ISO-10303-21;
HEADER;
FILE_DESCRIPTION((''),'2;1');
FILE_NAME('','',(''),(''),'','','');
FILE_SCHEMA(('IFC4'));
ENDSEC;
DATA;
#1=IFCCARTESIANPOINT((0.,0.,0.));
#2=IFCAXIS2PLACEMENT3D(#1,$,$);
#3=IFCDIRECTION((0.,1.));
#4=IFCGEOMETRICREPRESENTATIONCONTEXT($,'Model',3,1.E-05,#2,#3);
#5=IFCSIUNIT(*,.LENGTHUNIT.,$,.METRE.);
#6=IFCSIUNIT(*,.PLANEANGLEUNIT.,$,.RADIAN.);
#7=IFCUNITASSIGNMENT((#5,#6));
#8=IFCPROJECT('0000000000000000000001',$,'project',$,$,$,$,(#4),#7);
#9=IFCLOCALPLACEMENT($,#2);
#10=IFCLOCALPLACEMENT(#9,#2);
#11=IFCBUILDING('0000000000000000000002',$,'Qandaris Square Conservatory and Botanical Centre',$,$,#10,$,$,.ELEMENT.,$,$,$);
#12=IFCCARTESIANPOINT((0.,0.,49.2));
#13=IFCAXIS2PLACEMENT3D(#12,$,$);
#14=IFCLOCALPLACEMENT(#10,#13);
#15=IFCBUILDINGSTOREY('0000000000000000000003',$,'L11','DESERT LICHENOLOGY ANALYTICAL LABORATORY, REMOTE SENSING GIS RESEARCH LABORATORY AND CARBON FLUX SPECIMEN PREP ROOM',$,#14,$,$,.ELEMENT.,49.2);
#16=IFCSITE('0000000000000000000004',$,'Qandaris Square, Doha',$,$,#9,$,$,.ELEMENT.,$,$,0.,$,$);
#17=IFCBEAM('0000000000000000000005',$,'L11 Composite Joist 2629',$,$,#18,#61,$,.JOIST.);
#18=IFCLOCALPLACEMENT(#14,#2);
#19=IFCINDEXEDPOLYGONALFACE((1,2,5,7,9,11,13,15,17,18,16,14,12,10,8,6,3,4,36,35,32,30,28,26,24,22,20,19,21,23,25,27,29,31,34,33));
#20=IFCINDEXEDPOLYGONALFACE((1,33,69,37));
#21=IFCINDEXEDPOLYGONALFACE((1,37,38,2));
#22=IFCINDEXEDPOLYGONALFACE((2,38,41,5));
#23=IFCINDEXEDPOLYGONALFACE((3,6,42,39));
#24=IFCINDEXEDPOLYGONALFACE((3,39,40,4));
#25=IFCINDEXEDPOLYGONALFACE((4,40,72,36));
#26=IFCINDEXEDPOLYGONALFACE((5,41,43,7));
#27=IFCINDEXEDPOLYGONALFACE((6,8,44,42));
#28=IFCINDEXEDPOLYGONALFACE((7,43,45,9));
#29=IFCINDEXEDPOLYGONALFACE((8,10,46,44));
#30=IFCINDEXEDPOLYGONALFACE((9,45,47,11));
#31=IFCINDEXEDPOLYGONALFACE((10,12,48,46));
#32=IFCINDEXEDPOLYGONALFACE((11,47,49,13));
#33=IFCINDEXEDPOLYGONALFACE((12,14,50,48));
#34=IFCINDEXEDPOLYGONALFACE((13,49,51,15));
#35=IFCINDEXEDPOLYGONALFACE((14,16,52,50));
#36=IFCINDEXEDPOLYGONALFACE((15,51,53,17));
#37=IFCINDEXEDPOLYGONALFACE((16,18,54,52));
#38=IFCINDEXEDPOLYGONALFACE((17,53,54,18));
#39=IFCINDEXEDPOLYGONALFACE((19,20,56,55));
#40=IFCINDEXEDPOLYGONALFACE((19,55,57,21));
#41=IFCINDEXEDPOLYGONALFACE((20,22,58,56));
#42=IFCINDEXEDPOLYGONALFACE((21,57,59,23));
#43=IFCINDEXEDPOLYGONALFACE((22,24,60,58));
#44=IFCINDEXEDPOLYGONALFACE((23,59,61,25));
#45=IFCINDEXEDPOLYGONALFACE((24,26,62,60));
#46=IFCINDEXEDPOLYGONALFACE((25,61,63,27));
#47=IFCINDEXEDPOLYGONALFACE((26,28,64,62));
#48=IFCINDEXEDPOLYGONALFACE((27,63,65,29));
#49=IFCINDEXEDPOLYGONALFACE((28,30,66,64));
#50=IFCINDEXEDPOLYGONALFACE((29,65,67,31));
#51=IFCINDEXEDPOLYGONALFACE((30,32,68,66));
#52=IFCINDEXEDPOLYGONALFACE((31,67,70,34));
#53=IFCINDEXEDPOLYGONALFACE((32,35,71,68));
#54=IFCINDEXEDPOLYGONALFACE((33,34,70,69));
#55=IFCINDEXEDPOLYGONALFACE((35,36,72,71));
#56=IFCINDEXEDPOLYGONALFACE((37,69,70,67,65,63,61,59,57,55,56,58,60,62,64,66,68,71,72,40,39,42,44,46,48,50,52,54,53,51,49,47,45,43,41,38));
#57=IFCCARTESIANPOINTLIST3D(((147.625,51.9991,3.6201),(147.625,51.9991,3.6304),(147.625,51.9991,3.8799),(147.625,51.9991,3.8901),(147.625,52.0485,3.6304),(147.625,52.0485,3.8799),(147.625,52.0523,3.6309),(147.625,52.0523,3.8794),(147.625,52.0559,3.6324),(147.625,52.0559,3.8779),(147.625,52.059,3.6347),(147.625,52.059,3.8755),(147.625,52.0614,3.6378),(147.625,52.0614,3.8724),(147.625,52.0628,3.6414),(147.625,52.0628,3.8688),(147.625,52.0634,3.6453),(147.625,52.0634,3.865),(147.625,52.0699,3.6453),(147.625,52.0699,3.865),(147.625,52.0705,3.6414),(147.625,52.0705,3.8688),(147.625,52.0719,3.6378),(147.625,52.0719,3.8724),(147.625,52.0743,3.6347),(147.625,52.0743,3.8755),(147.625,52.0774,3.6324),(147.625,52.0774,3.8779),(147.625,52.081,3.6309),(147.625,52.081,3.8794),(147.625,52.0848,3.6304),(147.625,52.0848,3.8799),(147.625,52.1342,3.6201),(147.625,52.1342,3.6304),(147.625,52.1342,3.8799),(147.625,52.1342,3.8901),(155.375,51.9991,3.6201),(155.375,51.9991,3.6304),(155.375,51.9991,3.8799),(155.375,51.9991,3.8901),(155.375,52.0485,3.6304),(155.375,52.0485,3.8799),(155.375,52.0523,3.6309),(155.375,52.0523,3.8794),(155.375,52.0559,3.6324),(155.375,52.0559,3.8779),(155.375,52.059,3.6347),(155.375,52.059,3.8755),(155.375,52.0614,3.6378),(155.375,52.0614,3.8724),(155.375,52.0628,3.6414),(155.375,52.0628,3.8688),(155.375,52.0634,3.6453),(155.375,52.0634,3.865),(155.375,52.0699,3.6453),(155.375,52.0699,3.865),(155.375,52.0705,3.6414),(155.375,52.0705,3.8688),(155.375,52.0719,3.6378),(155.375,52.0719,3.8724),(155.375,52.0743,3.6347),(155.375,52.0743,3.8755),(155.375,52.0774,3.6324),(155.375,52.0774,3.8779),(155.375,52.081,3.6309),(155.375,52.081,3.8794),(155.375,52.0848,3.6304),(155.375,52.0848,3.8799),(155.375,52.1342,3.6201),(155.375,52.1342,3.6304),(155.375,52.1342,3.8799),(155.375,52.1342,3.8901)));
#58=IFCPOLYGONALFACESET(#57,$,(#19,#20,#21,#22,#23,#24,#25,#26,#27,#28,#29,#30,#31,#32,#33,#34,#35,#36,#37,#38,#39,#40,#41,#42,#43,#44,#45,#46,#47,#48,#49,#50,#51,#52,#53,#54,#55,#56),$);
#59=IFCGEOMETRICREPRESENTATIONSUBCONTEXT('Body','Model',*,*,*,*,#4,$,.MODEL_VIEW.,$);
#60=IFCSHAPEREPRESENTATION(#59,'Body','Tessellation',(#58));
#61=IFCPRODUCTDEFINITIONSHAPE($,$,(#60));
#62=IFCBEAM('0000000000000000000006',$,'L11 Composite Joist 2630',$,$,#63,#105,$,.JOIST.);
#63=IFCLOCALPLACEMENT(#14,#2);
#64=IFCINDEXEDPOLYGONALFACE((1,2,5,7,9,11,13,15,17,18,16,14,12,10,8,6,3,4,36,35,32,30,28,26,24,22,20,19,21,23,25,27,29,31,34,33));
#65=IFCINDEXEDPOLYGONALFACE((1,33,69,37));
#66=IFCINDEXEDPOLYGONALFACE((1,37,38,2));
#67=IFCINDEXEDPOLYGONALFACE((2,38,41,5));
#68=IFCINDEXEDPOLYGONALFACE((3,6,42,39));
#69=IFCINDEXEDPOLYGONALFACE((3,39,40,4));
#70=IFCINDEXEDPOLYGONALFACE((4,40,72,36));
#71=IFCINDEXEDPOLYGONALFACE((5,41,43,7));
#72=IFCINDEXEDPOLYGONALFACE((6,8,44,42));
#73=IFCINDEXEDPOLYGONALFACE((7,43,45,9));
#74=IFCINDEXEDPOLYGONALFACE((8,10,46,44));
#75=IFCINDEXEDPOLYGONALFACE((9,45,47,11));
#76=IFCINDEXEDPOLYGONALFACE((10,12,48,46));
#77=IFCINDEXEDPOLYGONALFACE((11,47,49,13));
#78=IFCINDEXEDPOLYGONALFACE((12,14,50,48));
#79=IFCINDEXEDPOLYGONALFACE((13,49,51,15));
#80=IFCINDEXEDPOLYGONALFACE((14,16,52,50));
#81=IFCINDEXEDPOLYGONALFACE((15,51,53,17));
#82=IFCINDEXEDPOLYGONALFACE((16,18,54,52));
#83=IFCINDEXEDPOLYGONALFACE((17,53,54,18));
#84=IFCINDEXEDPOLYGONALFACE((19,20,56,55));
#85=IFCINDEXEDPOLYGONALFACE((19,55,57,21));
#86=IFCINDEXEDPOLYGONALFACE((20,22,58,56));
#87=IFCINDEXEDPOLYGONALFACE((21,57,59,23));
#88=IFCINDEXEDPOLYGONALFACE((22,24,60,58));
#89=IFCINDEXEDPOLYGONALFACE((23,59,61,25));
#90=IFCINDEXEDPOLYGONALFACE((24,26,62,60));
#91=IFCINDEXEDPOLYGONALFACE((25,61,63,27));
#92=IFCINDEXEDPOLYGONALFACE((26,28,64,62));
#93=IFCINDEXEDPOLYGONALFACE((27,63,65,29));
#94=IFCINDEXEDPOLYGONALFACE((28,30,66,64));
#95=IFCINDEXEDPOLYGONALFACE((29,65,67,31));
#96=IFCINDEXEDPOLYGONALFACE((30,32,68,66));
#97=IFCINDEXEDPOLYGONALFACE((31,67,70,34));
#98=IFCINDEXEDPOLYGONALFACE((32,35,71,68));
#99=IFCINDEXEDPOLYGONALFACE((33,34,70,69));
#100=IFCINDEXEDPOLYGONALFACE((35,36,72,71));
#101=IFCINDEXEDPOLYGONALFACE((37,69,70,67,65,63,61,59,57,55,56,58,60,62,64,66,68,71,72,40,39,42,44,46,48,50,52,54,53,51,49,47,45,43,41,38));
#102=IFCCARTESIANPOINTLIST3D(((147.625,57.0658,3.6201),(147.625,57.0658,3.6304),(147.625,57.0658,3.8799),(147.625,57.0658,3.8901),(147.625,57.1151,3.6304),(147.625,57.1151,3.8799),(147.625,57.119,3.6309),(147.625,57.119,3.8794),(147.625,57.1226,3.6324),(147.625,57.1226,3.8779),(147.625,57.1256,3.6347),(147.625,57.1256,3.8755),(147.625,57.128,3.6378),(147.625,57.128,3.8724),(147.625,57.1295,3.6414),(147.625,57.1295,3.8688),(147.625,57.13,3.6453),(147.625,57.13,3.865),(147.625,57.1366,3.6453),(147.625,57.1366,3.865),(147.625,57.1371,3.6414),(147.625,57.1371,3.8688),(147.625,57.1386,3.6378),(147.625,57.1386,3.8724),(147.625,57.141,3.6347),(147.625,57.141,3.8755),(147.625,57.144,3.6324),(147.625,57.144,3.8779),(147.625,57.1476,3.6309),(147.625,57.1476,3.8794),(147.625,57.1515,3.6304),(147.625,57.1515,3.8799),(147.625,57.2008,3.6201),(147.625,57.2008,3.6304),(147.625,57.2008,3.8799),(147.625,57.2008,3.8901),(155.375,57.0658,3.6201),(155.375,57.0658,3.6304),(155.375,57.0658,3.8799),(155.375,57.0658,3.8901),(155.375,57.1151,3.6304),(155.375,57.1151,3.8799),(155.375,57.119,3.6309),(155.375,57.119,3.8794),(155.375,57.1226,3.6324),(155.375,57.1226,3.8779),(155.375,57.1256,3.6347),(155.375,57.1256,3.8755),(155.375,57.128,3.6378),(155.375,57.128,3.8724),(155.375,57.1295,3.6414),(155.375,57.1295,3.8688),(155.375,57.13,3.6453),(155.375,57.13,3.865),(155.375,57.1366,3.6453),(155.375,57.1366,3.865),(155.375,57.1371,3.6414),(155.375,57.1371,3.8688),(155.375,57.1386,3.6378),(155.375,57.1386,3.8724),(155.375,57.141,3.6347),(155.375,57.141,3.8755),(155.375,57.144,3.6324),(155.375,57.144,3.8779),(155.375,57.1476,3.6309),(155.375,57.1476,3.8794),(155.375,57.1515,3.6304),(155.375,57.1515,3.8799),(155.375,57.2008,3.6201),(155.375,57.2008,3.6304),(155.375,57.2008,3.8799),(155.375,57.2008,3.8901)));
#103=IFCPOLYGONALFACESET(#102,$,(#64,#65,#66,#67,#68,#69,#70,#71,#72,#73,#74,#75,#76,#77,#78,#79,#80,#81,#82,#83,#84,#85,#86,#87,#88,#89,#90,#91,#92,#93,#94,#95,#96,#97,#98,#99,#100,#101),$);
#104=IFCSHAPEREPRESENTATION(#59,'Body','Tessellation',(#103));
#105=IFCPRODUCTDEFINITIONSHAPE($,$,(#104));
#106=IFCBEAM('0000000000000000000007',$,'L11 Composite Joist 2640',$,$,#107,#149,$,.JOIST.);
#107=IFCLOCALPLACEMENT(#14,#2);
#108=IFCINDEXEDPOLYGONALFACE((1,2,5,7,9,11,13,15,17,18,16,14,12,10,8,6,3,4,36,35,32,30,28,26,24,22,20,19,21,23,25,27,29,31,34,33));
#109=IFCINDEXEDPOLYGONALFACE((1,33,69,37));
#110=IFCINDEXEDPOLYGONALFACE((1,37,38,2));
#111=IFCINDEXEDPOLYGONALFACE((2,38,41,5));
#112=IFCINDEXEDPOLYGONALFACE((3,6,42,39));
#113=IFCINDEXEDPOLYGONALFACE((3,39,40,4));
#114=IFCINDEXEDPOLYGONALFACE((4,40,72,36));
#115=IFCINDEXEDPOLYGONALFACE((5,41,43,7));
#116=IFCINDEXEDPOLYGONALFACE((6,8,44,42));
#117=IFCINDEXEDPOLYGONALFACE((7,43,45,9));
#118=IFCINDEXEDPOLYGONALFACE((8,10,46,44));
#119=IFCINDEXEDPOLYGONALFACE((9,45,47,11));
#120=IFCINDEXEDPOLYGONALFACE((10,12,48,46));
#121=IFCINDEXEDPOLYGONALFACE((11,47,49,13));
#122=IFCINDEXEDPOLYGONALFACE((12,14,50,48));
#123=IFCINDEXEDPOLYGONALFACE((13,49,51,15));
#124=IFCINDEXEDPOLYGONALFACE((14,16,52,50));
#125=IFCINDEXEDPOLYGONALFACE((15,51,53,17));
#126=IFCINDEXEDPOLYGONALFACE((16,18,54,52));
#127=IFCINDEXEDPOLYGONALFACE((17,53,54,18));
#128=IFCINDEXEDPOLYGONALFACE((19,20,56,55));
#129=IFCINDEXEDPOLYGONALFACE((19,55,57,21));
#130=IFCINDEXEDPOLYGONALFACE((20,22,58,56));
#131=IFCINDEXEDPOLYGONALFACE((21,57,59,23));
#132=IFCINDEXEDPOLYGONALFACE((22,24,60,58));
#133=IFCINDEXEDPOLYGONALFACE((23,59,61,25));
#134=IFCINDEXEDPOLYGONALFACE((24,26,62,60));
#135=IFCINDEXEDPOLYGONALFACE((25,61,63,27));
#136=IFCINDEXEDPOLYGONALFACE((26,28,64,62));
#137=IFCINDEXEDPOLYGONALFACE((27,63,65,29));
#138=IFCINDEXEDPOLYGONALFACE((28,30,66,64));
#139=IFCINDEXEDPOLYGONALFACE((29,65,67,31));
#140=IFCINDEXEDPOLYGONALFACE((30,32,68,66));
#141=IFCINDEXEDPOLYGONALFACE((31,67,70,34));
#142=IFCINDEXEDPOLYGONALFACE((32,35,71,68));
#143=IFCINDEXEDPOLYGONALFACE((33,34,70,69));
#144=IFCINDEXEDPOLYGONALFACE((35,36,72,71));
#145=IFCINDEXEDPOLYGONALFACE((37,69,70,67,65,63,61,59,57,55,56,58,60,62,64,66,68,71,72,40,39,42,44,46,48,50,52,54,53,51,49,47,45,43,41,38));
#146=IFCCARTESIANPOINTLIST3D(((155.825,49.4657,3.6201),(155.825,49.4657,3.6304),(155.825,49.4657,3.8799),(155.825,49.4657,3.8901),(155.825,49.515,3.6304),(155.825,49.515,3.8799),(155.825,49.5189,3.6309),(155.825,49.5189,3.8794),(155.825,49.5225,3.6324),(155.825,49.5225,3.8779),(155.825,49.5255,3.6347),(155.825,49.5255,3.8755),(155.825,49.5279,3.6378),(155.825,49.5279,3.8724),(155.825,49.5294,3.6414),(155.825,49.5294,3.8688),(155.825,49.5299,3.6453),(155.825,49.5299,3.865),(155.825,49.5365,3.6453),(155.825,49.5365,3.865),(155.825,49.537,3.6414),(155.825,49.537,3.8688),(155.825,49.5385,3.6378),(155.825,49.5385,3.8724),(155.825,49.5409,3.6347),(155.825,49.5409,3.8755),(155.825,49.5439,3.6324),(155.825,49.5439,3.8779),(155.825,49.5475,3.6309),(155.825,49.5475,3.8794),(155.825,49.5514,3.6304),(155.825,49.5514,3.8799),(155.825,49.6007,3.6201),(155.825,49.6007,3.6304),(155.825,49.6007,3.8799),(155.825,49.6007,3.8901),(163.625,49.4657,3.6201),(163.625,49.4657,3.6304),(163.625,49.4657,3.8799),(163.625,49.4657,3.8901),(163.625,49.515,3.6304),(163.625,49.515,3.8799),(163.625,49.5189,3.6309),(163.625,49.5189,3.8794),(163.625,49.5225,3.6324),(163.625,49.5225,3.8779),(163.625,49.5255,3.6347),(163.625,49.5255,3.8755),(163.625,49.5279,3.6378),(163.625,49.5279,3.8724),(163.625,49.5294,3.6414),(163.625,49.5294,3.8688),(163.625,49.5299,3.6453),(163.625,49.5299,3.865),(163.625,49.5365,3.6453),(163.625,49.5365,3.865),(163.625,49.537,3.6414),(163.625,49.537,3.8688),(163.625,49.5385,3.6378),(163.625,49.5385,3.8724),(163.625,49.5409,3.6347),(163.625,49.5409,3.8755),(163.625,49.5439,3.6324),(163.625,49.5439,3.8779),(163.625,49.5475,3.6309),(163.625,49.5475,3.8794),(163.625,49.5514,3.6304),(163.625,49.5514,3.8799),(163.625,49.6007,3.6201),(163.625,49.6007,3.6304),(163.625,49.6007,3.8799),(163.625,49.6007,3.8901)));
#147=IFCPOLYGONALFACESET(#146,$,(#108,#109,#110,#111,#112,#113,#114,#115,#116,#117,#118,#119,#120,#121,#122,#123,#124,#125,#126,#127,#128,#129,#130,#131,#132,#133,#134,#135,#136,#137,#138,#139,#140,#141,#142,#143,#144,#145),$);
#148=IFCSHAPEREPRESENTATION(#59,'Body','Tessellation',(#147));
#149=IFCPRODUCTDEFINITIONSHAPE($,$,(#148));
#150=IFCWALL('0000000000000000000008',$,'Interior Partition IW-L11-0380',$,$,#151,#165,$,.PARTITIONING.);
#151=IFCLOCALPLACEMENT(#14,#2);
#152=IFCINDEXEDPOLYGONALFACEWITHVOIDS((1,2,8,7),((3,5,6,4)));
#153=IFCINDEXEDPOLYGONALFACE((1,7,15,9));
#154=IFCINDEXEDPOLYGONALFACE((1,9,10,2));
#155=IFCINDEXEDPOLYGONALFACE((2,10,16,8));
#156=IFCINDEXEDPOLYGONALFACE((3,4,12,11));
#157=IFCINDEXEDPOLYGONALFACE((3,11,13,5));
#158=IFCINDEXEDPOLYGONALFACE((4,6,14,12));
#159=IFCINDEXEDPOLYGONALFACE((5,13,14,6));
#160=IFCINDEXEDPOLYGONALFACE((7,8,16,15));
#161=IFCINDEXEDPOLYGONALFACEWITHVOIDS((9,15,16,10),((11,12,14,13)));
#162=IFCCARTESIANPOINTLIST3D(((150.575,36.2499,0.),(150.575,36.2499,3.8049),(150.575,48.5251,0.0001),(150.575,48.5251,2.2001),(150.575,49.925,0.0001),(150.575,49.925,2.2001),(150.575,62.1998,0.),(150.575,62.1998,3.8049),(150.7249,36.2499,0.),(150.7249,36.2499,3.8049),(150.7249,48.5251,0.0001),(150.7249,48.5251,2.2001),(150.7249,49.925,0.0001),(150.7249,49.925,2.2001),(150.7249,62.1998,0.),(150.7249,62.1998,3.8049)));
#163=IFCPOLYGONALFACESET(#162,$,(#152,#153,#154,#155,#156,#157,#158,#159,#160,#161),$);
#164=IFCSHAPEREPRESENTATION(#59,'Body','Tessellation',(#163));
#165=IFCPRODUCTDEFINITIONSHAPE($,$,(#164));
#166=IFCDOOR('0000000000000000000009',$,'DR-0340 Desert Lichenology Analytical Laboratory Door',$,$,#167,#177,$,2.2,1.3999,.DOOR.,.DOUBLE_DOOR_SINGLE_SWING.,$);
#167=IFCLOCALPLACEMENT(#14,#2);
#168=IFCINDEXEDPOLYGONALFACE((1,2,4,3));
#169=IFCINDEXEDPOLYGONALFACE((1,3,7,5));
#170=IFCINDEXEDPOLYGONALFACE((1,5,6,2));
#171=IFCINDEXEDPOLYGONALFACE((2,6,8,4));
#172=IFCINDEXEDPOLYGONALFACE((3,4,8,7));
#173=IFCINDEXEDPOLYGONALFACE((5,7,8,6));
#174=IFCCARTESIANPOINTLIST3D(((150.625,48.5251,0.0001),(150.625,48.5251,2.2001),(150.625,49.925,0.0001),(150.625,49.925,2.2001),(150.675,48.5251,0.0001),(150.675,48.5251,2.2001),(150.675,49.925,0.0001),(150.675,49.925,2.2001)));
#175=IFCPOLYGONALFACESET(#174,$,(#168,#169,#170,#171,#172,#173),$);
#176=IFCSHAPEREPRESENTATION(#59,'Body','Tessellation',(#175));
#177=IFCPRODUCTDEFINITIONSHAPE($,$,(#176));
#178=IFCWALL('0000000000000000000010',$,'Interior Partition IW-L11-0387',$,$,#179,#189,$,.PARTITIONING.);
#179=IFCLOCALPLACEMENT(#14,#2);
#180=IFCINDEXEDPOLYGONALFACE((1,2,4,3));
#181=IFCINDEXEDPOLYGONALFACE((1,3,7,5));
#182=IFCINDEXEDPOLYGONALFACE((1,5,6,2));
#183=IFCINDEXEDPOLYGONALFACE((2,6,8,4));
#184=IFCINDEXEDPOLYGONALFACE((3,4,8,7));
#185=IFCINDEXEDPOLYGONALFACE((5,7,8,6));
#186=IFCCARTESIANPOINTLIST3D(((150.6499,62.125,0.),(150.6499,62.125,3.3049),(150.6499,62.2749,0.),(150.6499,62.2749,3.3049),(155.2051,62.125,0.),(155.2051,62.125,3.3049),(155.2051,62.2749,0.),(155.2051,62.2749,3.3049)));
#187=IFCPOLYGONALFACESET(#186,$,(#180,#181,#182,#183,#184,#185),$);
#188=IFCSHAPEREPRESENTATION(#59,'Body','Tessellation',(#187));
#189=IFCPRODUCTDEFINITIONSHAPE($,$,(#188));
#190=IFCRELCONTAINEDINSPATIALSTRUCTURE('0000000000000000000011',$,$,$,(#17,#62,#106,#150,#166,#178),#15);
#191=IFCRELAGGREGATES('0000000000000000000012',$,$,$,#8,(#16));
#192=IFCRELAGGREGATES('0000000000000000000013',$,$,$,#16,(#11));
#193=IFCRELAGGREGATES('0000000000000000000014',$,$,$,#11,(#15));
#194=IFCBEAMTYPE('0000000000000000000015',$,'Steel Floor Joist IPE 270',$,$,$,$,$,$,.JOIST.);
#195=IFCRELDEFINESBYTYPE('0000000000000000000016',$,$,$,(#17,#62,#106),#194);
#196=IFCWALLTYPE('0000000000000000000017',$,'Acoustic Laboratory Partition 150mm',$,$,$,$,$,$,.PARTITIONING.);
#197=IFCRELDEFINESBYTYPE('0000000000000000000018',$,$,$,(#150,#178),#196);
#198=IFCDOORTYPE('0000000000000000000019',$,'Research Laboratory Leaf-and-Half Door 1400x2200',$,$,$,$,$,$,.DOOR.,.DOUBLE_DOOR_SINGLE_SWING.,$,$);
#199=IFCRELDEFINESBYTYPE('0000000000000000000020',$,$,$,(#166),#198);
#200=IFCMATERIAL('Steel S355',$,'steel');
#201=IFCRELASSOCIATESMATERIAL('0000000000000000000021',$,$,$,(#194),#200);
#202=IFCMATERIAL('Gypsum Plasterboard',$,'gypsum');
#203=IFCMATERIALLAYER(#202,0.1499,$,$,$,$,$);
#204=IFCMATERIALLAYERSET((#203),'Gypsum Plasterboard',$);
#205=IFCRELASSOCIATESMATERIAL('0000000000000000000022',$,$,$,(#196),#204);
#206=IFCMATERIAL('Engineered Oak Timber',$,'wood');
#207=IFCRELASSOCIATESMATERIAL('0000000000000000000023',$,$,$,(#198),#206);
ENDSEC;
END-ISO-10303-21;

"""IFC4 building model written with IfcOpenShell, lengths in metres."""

from ifc_helpers import new_model, si_unit, direction, frame, frame_2d, origin, origin_2d, place, context, subcontext, project, spatial, rectangle, i_section, extrude, material, layer, layer_set, material_profile, profile_set, type_object, element, fill, save


model = new_model("IFC4")

# Units and contexts
model_context = context("Model", 3, precision=1e-05, world=origin(), true_north=direction((0.0, 1.0)))
body_context = subcontext(model_context, "Body", "Model", "MODEL_VIEW")
ifc_project = project(units=[si_unit("LENGTHUNIT", "METRE"), si_unit("PLANEANGLEUNIT", "RADIAN")], contexts=[model_context])

# Site, building, storey
site_placement = place(None, origin())
site = spatial("IfcSite", under=ifc_project, at=site_placement, Name="Qandaris Square, Doha", CompositionType="ELEMENT", RefElevation=0.0)
building_placement = place(site_placement, origin())
building = spatial("IfcBuilding", under=site, at=building_placement, Name="Qandaris Square Conservatory and Botanical Centre", CompositionType="ELEMENT")
storey_placement = place(building_placement, frame((0.0, 0.0, 49.2)))
storey = spatial("IfcBuildingStorey", under=building, at=storey_placement, Name="L11", Description="DESERT LICHENOLOGY ANALYTICAL LABORATORY, REMOTE SENSING GIS RESEARCH LABORATORY AND CARBON FLUX SPECIMEN PREP ROOM", CompositionType="ELEMENT", Elevation=49.2)

# Shared definitions
ifc_material_1 = material(Name="Steel S355", Category="steel")

# Beams
ifc_material_profile_1 = material_profile(ifc_material_1, i_section(OverallWidth=0.135, OverallDepth=0.27, WebThickness=0.0066, FlangeThickness=0.0103, FilletRadius=0.0149, at=origin_2d()), Name="IPE 270")
ifc_profile_set_1 = profile_set([ifc_material_profile_1], Name="Steel S355")
beam_type_1 = type_object("IfcBeamType", Name="Steel Floor Joist IPE 270", PredefinedType="JOIST", material=ifc_profile_set_1)
for number, where, z_axis, x_axis, name in (
    (1, (147.625, 52.0667, 3.7551), (1.0, 0.0, 0.0), (0.0, 1.0, 0.0), "L11 Composite Joist 2629"),
    (2, (147.625, 57.1333, 3.7551), (1.0, 0.0, 0.0), (0.0, 1.0, 0.0), "L11 Composite Joist 2630"),
):
    element("IfcBeam", number, at=place(storey_placement, frame(where, z_axis=z_axis, x_axis=x_axis)), inside=storey, type_object=beam_type_1, Name=name, PredefinedType="JOIST", context=body_context, shape_type="SweptSolid", body=[
        extrude(i_section(OverallWidth=0.135, OverallDepth=0.27, WebThickness=0.0066, FlangeThickness=0.0103, FilletRadius=0.0149, at=origin_2d()), origin(), (0.0, 0.0, 1.0), 7.75),
    ])
beam_1_placement = place(storey_placement, frame((155.825, 49.5332, 3.7551), z_axis=(1.0, 0.0, 0.0), x_axis=(0.0, 1.0, 0.0)))
element("IfcBeam", 3, at=beam_1_placement, inside=storey, type_object=beam_type_1, Name="L11 Composite Joist 2640", PredefinedType="JOIST", context=body_context, shape_type="SweptSolid", body=[
    extrude(i_section(OverallWidth=0.135, OverallDepth=0.27, WebThickness=0.0066, FlangeThickness=0.0103, FilletRadius=0.0149, at=origin_2d()), origin(), (0.0, 0.0, 1.0), 7.8),
])

# Wall, opening, door
ifc_material_2 = material(Name="Gypsum Plasterboard", Category="gypsum")
ifc_layer_1 = layer(ifc_material_2, 0.1499)
ifc_layer_set_1 = layer_set([ifc_layer_1], Name="Gypsum Plasterboard")
wall_type_1 = type_object("IfcWallType", Name="Acoustic Laboratory Partition 150mm", PredefinedType="PARTITIONING", material=ifc_layer_set_1)
wall_1_placement = place(storey_placement, frame((150.6499, 62.2, 0.0), z_axis=(0.0, 0.0, 1.0), x_axis=(0.0, -1.0, 0.0)))
wall_1 = element("IfcWall", 4, at=wall_1_placement, inside=storey, type_object=wall_type_1, Name="Interior Partition IW-L11-0380", PredefinedType="PARTITIONING", context=body_context, shape_type="SweptSolid", body=[
    extrude(rectangle(XDim=25.95, YDim=0.1499, at=frame_2d((12.9751, 0.0))), origin(), (0.0, 0.0, 1.0), 3.8049),
])
opening_1_placement = place(wall_1_placement, frame((12.2749, 0.0, 0.0)))
opening_1 = element("IfcOpeningElement", 5, at=opening_1_placement, cuts=wall_1, PredefinedType="OPENING", context=body_context, shape_type="SweptSolid", body=[
    extrude(rectangle(XDim=1.3999, YDim=2.2, at=frame_2d((0.7, 1.1001))), frame((0.0, 0.0869, 0.0), z_axis=(0.0, -1.0, 0.0), x_axis=(1.0, 0.0, 0.0)), (0.0, 0.0, 1.0), 0.1738),
])
ifc_material_3 = material(Name="Engineered Oak Timber", Category="wood")
door_type_1 = type_object("IfcDoorType", Name="Research Laboratory Leaf-and-Half Door 1400x2200", OperationType="DOUBLE_DOOR_SINGLE_SWING", PredefinedType="DOOR", material=ifc_material_3)
door_1_placement = place(opening_1_placement, frame((1.3999, 0.0, 0.0), z_axis=(0.0, 0.0, 1.0), x_axis=(-1.0, 0.0, 0.0)))
door_1 = element("IfcDoor", 6, at=door_1_placement, inside=storey, type_object=door_type_1, Name="DR-0340 Desert Lichenology Analytical Laboratory Door", OperationType="DOUBLE_DOOR_SINGLE_SWING", OverallHeight=2.2, OverallWidth=1.3999, PredefinedType="DOOR", context=body_context, shape_type="SweptSolid", body=[
    extrude(rectangle(XDim=1.3999, YDim=2.2, at=frame_2d((0.7, 1.1001))), frame((0.0, 0.0249, 0.0), z_axis=(0.0, -1.0, 0.0), x_axis=(1.0, 0.0, 0.0)), (0.0, 0.0, 1.0), 0.05),
])
fill(opening_1, door_1)

# Wall
wall_2_placement = place(storey_placement, frame((150.6499, 62.2, 0.0), z_axis=(0.0, 0.0, 1.0), x_axis=(1.0, 0.0, 0.0)))
element("IfcWall", 7, at=wall_2_placement, inside=storey, type_object=wall_type_1, Name="Interior Partition IW-L11-0387", PredefinedType="PARTITIONING", context=body_context, shape_type="SweptSolid", body=[
    extrude(rectangle(XDim=4.5552, YDim=0.1499, at=frame_2d((2.2776, 0.0))), origin(), (0.0, 0.0, 1.0), 3.3049),
])

save(model, "model.ifc")
